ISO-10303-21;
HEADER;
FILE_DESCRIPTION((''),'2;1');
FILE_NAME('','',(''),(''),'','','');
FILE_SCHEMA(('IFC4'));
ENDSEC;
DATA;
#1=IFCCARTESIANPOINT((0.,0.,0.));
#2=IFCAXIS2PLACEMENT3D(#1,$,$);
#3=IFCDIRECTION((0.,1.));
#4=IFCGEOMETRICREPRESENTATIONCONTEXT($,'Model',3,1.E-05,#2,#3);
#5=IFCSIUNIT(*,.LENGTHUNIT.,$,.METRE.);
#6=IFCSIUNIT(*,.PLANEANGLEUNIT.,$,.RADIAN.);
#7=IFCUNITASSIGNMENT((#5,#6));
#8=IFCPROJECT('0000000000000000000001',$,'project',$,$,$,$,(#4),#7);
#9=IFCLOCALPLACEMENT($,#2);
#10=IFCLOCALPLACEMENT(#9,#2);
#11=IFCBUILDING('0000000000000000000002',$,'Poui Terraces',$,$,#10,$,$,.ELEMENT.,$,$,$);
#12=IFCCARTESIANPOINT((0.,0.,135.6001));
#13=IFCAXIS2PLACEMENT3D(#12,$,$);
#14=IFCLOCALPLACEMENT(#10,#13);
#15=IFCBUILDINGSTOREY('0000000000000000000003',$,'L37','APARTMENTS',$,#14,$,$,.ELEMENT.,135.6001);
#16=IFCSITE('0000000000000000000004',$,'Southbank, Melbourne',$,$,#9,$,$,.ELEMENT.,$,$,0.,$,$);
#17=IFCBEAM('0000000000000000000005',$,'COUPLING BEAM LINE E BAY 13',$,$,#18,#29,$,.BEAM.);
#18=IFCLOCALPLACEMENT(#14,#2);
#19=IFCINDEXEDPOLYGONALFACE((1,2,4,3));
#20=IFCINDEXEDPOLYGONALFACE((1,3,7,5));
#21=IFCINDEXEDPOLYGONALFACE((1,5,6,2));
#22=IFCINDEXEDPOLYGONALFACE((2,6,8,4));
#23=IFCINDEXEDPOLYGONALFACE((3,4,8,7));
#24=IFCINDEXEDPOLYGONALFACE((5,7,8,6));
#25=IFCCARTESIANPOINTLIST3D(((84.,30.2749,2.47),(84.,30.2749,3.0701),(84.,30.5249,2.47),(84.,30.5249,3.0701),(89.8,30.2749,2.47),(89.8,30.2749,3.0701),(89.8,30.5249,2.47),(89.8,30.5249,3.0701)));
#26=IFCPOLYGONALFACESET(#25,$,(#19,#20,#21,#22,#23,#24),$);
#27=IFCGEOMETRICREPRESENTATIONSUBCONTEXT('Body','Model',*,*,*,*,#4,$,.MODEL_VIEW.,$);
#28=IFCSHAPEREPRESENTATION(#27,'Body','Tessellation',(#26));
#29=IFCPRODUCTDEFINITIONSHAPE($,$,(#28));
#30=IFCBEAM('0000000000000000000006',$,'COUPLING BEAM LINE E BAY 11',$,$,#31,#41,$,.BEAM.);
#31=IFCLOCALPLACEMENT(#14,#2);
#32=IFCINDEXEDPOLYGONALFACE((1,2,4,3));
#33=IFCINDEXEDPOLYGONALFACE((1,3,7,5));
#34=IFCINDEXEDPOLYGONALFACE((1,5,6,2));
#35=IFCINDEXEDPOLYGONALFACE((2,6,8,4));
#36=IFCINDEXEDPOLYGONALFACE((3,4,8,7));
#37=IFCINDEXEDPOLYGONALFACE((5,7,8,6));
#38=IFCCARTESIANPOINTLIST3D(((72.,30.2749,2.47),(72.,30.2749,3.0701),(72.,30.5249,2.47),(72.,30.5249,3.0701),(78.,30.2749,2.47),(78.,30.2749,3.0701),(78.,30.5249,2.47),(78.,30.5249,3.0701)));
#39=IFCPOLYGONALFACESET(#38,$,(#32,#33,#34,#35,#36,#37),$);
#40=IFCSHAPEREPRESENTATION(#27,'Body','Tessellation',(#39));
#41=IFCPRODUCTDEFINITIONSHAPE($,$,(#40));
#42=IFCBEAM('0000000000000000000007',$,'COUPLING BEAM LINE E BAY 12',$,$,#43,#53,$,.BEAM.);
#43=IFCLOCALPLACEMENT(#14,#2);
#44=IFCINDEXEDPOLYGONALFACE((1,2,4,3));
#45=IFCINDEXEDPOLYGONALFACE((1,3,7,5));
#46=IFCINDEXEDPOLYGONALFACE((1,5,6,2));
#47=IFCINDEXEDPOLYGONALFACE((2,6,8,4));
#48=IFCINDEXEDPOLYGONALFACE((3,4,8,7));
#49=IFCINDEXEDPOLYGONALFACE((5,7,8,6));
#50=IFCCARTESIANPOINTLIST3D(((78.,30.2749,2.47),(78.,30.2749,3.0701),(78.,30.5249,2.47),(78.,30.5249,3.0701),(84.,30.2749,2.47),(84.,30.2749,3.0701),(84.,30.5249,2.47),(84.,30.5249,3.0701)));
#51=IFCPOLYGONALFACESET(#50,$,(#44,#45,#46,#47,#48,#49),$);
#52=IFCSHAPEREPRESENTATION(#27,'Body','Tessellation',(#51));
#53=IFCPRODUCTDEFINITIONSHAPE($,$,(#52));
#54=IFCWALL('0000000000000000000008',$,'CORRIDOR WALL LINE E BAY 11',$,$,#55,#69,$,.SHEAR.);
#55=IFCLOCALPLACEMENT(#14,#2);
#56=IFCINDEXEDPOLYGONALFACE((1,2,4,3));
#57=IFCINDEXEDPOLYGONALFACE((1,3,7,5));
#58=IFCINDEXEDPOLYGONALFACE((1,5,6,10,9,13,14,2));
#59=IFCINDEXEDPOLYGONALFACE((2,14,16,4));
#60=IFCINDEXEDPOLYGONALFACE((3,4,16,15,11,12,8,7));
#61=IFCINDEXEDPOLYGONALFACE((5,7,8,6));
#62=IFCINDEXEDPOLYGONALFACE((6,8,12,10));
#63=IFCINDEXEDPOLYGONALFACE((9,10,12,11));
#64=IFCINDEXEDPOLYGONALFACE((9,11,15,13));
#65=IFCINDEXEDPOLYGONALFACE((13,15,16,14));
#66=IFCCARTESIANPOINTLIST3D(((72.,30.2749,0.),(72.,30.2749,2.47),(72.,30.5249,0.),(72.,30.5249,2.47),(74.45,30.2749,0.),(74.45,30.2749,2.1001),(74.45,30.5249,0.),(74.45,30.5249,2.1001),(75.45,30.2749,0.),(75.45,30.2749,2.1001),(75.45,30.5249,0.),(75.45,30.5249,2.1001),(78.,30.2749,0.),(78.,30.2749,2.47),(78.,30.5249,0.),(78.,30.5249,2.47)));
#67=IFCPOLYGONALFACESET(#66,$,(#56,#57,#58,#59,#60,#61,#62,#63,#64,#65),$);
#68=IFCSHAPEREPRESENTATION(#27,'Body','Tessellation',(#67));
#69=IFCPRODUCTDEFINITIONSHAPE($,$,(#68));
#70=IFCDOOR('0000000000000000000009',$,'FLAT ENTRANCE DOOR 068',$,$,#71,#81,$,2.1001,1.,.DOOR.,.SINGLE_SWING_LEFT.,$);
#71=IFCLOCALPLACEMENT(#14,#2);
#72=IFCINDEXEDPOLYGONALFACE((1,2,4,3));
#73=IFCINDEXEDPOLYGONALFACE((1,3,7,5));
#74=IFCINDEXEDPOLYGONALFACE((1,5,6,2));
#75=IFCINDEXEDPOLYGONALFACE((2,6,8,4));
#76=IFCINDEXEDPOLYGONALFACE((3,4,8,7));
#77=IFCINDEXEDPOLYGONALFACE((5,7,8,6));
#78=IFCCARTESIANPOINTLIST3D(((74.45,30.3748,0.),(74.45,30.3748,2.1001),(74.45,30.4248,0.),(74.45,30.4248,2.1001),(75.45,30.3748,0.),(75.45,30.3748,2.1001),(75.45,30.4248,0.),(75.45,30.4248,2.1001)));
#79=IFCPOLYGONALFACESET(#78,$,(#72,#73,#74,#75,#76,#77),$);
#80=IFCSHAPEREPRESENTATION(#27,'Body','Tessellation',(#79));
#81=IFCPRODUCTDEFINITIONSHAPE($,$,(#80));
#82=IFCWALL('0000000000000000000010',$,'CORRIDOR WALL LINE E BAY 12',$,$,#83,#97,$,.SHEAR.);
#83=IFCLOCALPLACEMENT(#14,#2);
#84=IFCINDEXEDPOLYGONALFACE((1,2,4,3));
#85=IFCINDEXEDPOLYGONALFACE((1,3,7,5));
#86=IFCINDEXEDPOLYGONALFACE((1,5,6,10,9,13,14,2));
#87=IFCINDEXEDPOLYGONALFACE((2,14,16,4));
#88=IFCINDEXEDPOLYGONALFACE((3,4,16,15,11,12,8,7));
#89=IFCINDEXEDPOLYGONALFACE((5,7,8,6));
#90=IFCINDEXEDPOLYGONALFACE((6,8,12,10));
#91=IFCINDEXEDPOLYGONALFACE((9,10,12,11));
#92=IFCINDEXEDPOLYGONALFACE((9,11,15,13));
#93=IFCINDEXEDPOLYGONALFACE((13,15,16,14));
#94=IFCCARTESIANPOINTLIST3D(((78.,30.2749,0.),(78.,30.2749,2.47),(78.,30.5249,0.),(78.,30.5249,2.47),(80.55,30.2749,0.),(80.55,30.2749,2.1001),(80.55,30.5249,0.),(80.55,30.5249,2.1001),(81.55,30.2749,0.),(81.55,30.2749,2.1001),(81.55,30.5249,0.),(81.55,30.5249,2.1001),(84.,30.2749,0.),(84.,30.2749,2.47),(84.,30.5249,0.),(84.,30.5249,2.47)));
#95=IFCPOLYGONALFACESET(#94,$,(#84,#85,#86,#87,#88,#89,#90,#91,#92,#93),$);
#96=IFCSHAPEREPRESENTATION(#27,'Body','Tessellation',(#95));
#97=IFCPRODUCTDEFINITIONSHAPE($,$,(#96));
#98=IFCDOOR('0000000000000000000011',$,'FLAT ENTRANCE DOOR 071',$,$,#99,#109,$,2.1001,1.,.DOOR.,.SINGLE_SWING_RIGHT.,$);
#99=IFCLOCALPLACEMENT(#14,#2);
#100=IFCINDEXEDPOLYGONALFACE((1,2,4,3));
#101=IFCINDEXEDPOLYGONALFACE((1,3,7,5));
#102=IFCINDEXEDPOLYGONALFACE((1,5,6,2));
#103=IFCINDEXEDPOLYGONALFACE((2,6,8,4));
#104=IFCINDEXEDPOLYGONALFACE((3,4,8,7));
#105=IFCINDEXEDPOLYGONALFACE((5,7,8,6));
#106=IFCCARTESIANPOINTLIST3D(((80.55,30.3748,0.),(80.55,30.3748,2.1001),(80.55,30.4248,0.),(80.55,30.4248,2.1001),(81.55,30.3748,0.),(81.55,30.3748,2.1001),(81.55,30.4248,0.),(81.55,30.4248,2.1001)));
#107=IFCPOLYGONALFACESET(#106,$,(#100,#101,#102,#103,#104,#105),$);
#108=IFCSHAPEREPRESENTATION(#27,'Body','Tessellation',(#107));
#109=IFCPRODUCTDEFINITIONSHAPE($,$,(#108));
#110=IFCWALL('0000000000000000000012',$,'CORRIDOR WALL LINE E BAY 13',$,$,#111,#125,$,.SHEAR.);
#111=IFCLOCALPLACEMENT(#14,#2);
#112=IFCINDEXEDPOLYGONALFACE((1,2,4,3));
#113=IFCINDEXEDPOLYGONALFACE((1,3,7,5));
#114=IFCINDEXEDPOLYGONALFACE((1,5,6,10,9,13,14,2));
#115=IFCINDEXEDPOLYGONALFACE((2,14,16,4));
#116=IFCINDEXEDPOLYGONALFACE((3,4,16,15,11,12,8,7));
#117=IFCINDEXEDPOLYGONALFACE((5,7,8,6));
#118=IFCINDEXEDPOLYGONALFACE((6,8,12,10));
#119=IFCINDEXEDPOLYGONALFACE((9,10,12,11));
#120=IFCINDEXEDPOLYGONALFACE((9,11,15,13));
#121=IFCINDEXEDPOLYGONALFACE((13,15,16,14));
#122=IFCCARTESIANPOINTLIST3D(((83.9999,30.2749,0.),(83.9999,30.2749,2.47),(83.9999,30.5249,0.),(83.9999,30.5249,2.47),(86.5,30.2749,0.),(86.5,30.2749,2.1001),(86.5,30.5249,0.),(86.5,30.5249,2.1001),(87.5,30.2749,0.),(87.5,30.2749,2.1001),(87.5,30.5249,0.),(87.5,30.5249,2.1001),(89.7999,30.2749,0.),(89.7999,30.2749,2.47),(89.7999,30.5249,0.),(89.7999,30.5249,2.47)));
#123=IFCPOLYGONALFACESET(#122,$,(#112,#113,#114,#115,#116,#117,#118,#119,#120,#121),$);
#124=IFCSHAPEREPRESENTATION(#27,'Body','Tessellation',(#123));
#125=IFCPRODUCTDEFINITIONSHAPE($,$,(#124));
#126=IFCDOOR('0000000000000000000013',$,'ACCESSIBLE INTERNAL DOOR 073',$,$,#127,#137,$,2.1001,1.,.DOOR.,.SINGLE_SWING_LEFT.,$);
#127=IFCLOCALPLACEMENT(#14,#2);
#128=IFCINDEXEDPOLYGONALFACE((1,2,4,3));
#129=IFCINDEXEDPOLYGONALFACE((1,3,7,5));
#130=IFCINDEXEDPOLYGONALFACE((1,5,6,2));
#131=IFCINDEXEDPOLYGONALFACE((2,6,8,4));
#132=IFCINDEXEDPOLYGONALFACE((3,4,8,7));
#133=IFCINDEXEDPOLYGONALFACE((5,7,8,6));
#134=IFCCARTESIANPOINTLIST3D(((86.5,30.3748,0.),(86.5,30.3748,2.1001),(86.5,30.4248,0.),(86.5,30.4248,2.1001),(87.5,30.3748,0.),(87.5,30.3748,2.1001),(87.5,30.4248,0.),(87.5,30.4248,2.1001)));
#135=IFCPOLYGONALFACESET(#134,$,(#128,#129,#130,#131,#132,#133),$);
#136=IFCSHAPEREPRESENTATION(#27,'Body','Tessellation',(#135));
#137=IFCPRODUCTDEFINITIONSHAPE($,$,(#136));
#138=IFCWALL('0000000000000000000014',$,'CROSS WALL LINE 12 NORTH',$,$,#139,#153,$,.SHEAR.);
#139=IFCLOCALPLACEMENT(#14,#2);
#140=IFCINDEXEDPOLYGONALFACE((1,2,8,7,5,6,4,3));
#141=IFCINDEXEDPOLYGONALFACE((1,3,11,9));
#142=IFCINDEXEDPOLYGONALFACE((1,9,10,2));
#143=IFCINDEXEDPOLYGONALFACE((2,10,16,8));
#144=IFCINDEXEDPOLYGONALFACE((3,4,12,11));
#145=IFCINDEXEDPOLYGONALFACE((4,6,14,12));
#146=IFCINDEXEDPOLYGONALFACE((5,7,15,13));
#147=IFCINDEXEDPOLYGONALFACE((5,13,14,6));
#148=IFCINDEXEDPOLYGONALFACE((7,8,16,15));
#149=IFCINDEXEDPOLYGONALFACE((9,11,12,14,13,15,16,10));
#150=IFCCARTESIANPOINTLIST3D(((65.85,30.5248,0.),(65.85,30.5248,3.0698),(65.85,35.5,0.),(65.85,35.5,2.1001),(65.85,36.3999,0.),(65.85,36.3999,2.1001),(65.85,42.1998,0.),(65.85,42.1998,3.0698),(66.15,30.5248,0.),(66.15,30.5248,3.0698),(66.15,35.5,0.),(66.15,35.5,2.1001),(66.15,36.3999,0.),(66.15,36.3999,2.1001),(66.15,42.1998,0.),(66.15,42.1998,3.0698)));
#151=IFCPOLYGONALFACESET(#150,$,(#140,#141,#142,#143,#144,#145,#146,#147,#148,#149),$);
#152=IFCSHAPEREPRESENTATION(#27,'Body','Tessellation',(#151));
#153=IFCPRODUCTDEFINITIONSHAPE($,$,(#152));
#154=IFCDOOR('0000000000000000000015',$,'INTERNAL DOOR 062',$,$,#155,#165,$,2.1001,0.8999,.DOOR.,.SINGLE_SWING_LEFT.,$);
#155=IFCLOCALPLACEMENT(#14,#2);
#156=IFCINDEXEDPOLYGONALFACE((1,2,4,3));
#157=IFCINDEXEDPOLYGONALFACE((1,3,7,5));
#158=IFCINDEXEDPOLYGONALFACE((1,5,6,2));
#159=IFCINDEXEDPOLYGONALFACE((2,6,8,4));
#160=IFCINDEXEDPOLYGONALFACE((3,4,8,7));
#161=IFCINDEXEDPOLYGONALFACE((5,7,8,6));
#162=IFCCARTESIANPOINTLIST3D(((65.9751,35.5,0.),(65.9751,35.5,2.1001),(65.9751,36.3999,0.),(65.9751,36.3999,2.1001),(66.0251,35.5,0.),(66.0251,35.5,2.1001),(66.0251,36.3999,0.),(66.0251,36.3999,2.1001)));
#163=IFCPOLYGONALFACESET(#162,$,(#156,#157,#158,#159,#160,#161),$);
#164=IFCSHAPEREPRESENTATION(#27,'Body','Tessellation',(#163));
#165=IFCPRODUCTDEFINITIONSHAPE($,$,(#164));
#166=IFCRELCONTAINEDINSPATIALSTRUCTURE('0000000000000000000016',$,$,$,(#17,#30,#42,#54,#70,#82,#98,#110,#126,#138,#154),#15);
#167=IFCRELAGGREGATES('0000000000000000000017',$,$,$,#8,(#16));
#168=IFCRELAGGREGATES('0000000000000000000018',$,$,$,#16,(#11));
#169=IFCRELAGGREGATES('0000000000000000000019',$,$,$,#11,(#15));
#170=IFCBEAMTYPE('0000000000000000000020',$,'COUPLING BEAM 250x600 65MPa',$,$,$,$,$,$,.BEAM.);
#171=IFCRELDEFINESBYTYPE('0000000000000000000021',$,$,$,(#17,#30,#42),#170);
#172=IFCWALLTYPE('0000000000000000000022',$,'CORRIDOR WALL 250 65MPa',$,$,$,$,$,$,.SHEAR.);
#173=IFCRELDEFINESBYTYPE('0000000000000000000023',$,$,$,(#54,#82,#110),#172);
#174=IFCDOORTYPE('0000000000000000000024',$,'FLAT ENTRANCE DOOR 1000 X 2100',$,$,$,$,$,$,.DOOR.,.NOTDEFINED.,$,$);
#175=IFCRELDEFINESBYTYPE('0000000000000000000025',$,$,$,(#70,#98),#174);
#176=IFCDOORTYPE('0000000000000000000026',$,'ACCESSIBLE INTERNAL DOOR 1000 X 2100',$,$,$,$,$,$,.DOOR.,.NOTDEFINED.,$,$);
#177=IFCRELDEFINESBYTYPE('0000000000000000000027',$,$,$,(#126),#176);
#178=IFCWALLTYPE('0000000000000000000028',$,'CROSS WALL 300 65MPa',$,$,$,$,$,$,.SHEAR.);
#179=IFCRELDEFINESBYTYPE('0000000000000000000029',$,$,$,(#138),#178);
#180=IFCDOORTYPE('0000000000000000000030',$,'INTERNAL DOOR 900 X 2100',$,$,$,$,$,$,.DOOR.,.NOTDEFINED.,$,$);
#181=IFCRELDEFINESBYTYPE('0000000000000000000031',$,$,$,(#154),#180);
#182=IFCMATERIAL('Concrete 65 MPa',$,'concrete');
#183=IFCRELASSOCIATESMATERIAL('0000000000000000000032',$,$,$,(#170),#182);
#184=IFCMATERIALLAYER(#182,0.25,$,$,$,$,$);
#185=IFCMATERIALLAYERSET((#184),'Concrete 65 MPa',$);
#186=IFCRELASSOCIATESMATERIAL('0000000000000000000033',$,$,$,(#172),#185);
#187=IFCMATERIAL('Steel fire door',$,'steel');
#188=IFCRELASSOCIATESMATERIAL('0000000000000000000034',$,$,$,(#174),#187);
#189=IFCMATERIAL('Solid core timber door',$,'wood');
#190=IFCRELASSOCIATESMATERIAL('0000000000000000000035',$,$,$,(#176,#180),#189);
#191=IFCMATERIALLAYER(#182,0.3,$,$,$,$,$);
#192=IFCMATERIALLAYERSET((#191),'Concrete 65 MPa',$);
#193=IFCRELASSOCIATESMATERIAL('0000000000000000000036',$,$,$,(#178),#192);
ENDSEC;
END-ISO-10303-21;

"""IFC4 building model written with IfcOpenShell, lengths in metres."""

from ifc_helpers import new_model, si_unit, direction, frame, frame_2d, origin, origin_2d, place, context, subcontext, project, spatial, rectangle, extrude, source, transform, mapped, material, layer, layer_set, material_profile, profile_set, type_object, element, fill, save


model = new_model("IFC4")

# Units and contexts
model_context = context("Model", 3, precision=1e-05, world=origin(), true_north=direction((0.0, 1.0)))
body_context = subcontext(model_context, "Body", "Model", "MODEL_VIEW")
ifc_project = project(units=[si_unit("LENGTHUNIT", "METRE"), si_unit("PLANEANGLEUNIT", "RADIAN")], contexts=[model_context])

# Site, building, storey
site_placement = place(None, origin())
site = spatial("IfcSite", under=ifc_project, at=site_placement, Name="Southbank, Melbourne", CompositionType="ELEMENT", RefElevation=0.0)
building_placement = place(site_placement, origin())
building = spatial("IfcBuilding", under=site, at=building_placement, Name="Poui Terraces", CompositionType="ELEMENT")
storey_placement = place(building_placement, frame((0.0, 0.0, 135.6001)))
storey = spatial("IfcBuildingStorey", under=building, at=storey_placement, Name="L37", Description="APARTMENTS", CompositionType="ELEMENT", Elevation=135.6001)

# Beams
ifc_material_1 = material(Name="Concrete 65 MPa", Category="concrete")
ifc_material_profile = material_profile(ifc_material_1, rectangle(XDim=0.25, YDim=0.6001, at=origin_2d()), Name="RC 250x600")
ifc_profile_set = profile_set([ifc_material_profile], Name="Concrete 65 MPa")
beam_type = type_object("IfcBeamType", Name="COUPLING BEAM 250x600 65MPa", PredefinedType="BEAM", material=ifc_profile_set)
shared_shape_1 = source(origin(), body_context, "Body", "SweptSolid", [
    extrude(rectangle(XDim=0.25, YDim=0.6001, at=origin_2d()), origin(), (0.0, 0.0, 1.0), 5.8),
])
beam_placement = place(storey_placement, frame((84.0, 30.3999, 2.77), z_axis=(1.0, 0.0, 0.0), x_axis=(0.0, 1.0, 0.0)))
element("IfcBeam", 1, at=beam_placement, inside=storey, type_object=beam_type, Name="COUPLING BEAM LINE E BAY 13", PredefinedType="BEAM", context=body_context, shape_type="MappedRepresentation", body=[
    mapped(shared_shape_1, transform((0.0, 0.0, 0.0))),
])
shared_shape_2 = source(origin(), body_context, "Body", "SweptSolid", [
    extrude(rectangle(XDim=0.25, YDim=0.6001, at=origin_2d()), origin(), (0.0, 0.0, 1.0), 6.0),
])
for number, where, z_axis, x_axis, name in (
    (2, (72.0, 30.3999, 2.77), (1.0, 0.0, 0.0), (0.0, 1.0, 0.0), "COUPLING BEAM LINE E BAY 11"),
    (3, (78.0, 30.3999, 2.77), (1.0, 0.0, 0.0), (0.0, 1.0, 0.0), "COUPLING BEAM LINE E BAY 12"),
):
    element("IfcBeam", number, at=place(storey_placement, frame(where, z_axis=z_axis, x_axis=x_axis)), inside=storey, type_object=beam_type, Name=name, PredefinedType="BEAM", context=body_context, shape_type="MappedRepresentation", body=[
        mapped(shared_shape_2, transform((0.0, 0.0, 0.0))),
    ])

# Walls, openings, doors
ifc_layer_1 = layer(ifc_material_1, 0.25)
ifc_layer_set_1 = layer_set([ifc_layer_1], Name="Concrete 65 MPa")
wall_type_1 = type_object("IfcWallType", Name="CORRIDOR WALL 250 65MPa", PredefinedType="SHEAR", material=ifc_layer_set_1)
wall_1_placement = place(storey_placement, frame((72.0, 30.3999, 0.0), z_axis=(0.0, 0.0, 1.0), x_axis=(1.0, 0.0, 0.0)))
wall_1 = element("IfcWall", 4, at=wall_1_placement, inside=storey, type_object=wall_type_1, Name="CORRIDOR WALL LINE E BAY 11", PredefinedType="SHEAR", context=body_context, shape_type="SweptSolid", body=[
    extrude(rectangle(XDim=6.0, YDim=0.25, at=frame_2d((3.0, 0.0))), origin(), (0.0, 0.0, 1.0), 2.47),
])
opening_1_placement = place(wall_1_placement, frame((2.45, 0.0, 0.0)))
opening_1 = element("IfcOpeningElement", 5, at=opening_1_placement, cuts=wall_1, PredefinedType="OPENING", context=body_context, shape_type="SweptSolid", body=[
    extrude(rectangle(XDim=1.0, YDim=2.1001, at=frame_2d((0.5, 1.05))), frame((0.0, 0.135, 0.0), z_axis=(0.0, -1.0, 0.0), x_axis=(1.0, 0.0, 0.0)), (0.0, 0.0, 1.0), 0.27),
])
ifc_material_2 = material(Name="Steel fire door", Category="steel")
door_type_1 = type_object("IfcDoorType", Name="FLAT ENTRANCE DOOR 1000 X 2100", OperationType="NOTDEFINED", PredefinedType="DOOR", material=ifc_material_2)
door_1_placement = place(opening_1_placement, origin())
door_1 = element("IfcDoor", 6, at=door_1_placement, inside=storey, type_object=door_type_1, Name="FLAT ENTRANCE DOOR 068", OperationType="SINGLE_SWING_LEFT", OverallHeight=2.1001, OverallWidth=1.0, PredefinedType="DOOR", context=body_context, shape_type="SweptSolid", body=[
    extrude(rectangle(XDim=1.0, YDim=2.1001, at=frame_2d((0.5, 1.05))), frame((0.0, 0.0249, 0.0), z_axis=(0.0, -1.0, 0.0), x_axis=(1.0, 0.0, 0.0)), (0.0, 0.0, 1.0), 0.05),
])
fill(opening_1, door_1)
wall_2_placement = place(storey_placement, frame((78.0, 30.3999, 0.0), z_axis=(0.0, 0.0, 1.0), x_axis=(1.0, 0.0, 0.0)))
wall_2 = element("IfcWall", 7, at=wall_2_placement, inside=storey, type_object=wall_type_1, Name="CORRIDOR WALL LINE E BAY 12", PredefinedType="SHEAR", context=body_context, shape_type="SweptSolid", body=[
    extrude(rectangle(XDim=6.0, YDim=0.25, at=frame_2d((3.0, 0.0))), origin(), (0.0, 0.0, 1.0), 2.47),
])
opening_2_placement = place(wall_2_placement, frame((2.55, 0.0, 0.0)))
opening_2 = element("IfcOpeningElement", 8, at=opening_2_placement, cuts=wall_2, PredefinedType="OPENING", context=body_context, shape_type="SweptSolid", body=[
    extrude(rectangle(XDim=1.0, YDim=2.1001, at=frame_2d((0.5, 1.05))), frame((0.0, 0.135, 0.0), z_axis=(0.0, -1.0, 0.0), x_axis=(1.0, 0.0, 0.0)), (0.0, 0.0, 1.0), 0.27),
])
door_2_placement = place(opening_2_placement, origin())
door_2 = element("IfcDoor", 9, at=door_2_placement, inside=storey, type_object=door_type_1, Name="FLAT ENTRANCE DOOR 071", OperationType="SINGLE_SWING_RIGHT", OverallHeight=2.1001, OverallWidth=1.0, PredefinedType="DOOR", context=body_context, shape_type="SweptSolid", body=[
    extrude(rectangle(XDim=1.0, YDim=2.1001, at=frame_2d((0.5, 1.05))), frame((0.0, 0.0249, 0.0), z_axis=(0.0, -1.0, 0.0), x_axis=(1.0, 0.0, 0.0)), (0.0, 0.0, 1.0), 0.05),
])
fill(opening_2, door_2)
wall_3_placement = place(storey_placement, frame((84.0, 30.3999, 0.0), z_axis=(0.0, 0.0, 1.0), x_axis=(1.0, 0.0, 0.0)))
wall_3 = element("IfcWall", 10, at=wall_3_placement, inside=storey, type_object=wall_type_1, Name="CORRIDOR WALL LINE E BAY 13", PredefinedType="SHEAR", context=body_context, shape_type="SweptSolid", body=[
    extrude(rectangle(XDim=5.8, YDim=0.25, at=frame_2d((2.8999, 0.0))), origin(), (0.0, 0.0, 1.0), 2.47),
])
opening_3_placement = place(wall_3_placement, frame((2.5, 0.0, 0.0)))
opening_3 = element("IfcOpeningElement", 11, at=opening_3_placement, cuts=wall_3, PredefinedType="OPENING", context=body_context, shape_type="SweptSolid", body=[
    extrude(rectangle(XDim=1.0, YDim=2.1001, at=frame_2d((0.5, 1.05))), frame((0.0, 0.135, 0.0), z_axis=(0.0, -1.0, 0.0), x_axis=(1.0, 0.0, 0.0)), (0.0, 0.0, 1.0), 0.27),
])
ifc_material_3 = material(Name="Solid core timber door", Category="wood")
door_type_2 = type_object("IfcDoorType", Name="ACCESSIBLE INTERNAL DOOR 1000 X 2100", OperationType="NOTDEFINED", PredefinedType="DOOR", material=ifc_material_3)
door_3_placement = place(opening_3_placement, origin())
door_3 = element("IfcDoor", 12, at=door_3_placement, inside=storey, type_object=door_type_2, Name="ACCESSIBLE INTERNAL DOOR 073", OperationType="SINGLE_SWING_LEFT", OverallHeight=2.1001, OverallWidth=1.0, PredefinedType="DOOR", context=body_context, shape_type="SweptSolid", body=[
    extrude(rectangle(XDim=1.0, YDim=2.1001, at=frame_2d((0.5, 1.05))), frame((0.0, 0.0249, 0.0), z_axis=(0.0, -1.0, 0.0), x_axis=(1.0, 0.0, 0.0)), (0.0, 0.0, 1.0), 0.05),
])
fill(opening_3, door_3)
ifc_layer_2 = layer(ifc_material_1, 0.3)
ifc_layer_set_2 = layer_set([ifc_layer_2], Name="Concrete 65 MPa")
wall_type_2 = type_object("IfcWallType", Name="CROSS WALL 300 65MPa", PredefinedType="SHEAR", material=ifc_layer_set_2)
wall_4_placement = place(storey_placement, frame((66.0, 30.5249, 0.0), z_axis=(0.0, 0.0, 1.0), x_axis=(0.0, 1.0, 0.0)))
wall_4 = element("IfcWall", 13, at=wall_4_placement, inside=storey, type_object=wall_type_2, Name="CROSS WALL LINE 12 NORTH", PredefinedType="SHEAR", context=body_context, shape_type="SweptSolid", body=[
    extrude(rectangle(XDim=11.675, YDim=0.3, at=frame_2d((5.8374, 0.0))), origin(), (0.0, 0.0, 1.0), 3.0698),
])
opening_4_placement = place(wall_4_placement, frame((4.9751, 0.0, 0.0)))
opening_4 = element("IfcOpeningElement", 14, at=opening_4_placement, cuts=wall_4, PredefinedType="OPENING", context=body_context, shape_type="SweptSolid", body=[
    extrude(rectangle(XDim=0.8999, YDim=2.1001, at=frame_2d((0.45, 1.05))), frame((0.0, 0.1602, 0.0), z_axis=(0.0, -1.0, 0.0), x_axis=(1.0, 0.0, 0.0)), (0.0, 0.0, 1.0), 0.3201),
])
door_type_3 = type_object("IfcDoorType", Name="INTERNAL DOOR 900 X 2100", OperationType="NOTDEFINED", PredefinedType="DOOR", material=ifc_material_3)
door_4_placement = place(opening_4_placement, origin())
door_4 = element("IfcDoor", 15, at=door_4_placement, inside=storey, type_object=door_type_3, Name="INTERNAL DOOR 062", OperationType="SINGLE_SWING_LEFT", OverallHeight=2.1001, OverallWidth=0.8999, PredefinedType="DOOR", context=body_context, shape_type="SweptSolid", body=[
    extrude(rectangle(XDim=0.8999, YDim=2.1001, at=frame_2d((0.45, 1.05))), frame((0.0, 0.0249, 0.0), z_axis=(0.0, -1.0, 0.0), x_axis=(1.0, 0.0, 0.0)), (0.0, 0.0, 1.0), 0.05),
])
fill(opening_4, door_4)

save(model, "model.ifc")
